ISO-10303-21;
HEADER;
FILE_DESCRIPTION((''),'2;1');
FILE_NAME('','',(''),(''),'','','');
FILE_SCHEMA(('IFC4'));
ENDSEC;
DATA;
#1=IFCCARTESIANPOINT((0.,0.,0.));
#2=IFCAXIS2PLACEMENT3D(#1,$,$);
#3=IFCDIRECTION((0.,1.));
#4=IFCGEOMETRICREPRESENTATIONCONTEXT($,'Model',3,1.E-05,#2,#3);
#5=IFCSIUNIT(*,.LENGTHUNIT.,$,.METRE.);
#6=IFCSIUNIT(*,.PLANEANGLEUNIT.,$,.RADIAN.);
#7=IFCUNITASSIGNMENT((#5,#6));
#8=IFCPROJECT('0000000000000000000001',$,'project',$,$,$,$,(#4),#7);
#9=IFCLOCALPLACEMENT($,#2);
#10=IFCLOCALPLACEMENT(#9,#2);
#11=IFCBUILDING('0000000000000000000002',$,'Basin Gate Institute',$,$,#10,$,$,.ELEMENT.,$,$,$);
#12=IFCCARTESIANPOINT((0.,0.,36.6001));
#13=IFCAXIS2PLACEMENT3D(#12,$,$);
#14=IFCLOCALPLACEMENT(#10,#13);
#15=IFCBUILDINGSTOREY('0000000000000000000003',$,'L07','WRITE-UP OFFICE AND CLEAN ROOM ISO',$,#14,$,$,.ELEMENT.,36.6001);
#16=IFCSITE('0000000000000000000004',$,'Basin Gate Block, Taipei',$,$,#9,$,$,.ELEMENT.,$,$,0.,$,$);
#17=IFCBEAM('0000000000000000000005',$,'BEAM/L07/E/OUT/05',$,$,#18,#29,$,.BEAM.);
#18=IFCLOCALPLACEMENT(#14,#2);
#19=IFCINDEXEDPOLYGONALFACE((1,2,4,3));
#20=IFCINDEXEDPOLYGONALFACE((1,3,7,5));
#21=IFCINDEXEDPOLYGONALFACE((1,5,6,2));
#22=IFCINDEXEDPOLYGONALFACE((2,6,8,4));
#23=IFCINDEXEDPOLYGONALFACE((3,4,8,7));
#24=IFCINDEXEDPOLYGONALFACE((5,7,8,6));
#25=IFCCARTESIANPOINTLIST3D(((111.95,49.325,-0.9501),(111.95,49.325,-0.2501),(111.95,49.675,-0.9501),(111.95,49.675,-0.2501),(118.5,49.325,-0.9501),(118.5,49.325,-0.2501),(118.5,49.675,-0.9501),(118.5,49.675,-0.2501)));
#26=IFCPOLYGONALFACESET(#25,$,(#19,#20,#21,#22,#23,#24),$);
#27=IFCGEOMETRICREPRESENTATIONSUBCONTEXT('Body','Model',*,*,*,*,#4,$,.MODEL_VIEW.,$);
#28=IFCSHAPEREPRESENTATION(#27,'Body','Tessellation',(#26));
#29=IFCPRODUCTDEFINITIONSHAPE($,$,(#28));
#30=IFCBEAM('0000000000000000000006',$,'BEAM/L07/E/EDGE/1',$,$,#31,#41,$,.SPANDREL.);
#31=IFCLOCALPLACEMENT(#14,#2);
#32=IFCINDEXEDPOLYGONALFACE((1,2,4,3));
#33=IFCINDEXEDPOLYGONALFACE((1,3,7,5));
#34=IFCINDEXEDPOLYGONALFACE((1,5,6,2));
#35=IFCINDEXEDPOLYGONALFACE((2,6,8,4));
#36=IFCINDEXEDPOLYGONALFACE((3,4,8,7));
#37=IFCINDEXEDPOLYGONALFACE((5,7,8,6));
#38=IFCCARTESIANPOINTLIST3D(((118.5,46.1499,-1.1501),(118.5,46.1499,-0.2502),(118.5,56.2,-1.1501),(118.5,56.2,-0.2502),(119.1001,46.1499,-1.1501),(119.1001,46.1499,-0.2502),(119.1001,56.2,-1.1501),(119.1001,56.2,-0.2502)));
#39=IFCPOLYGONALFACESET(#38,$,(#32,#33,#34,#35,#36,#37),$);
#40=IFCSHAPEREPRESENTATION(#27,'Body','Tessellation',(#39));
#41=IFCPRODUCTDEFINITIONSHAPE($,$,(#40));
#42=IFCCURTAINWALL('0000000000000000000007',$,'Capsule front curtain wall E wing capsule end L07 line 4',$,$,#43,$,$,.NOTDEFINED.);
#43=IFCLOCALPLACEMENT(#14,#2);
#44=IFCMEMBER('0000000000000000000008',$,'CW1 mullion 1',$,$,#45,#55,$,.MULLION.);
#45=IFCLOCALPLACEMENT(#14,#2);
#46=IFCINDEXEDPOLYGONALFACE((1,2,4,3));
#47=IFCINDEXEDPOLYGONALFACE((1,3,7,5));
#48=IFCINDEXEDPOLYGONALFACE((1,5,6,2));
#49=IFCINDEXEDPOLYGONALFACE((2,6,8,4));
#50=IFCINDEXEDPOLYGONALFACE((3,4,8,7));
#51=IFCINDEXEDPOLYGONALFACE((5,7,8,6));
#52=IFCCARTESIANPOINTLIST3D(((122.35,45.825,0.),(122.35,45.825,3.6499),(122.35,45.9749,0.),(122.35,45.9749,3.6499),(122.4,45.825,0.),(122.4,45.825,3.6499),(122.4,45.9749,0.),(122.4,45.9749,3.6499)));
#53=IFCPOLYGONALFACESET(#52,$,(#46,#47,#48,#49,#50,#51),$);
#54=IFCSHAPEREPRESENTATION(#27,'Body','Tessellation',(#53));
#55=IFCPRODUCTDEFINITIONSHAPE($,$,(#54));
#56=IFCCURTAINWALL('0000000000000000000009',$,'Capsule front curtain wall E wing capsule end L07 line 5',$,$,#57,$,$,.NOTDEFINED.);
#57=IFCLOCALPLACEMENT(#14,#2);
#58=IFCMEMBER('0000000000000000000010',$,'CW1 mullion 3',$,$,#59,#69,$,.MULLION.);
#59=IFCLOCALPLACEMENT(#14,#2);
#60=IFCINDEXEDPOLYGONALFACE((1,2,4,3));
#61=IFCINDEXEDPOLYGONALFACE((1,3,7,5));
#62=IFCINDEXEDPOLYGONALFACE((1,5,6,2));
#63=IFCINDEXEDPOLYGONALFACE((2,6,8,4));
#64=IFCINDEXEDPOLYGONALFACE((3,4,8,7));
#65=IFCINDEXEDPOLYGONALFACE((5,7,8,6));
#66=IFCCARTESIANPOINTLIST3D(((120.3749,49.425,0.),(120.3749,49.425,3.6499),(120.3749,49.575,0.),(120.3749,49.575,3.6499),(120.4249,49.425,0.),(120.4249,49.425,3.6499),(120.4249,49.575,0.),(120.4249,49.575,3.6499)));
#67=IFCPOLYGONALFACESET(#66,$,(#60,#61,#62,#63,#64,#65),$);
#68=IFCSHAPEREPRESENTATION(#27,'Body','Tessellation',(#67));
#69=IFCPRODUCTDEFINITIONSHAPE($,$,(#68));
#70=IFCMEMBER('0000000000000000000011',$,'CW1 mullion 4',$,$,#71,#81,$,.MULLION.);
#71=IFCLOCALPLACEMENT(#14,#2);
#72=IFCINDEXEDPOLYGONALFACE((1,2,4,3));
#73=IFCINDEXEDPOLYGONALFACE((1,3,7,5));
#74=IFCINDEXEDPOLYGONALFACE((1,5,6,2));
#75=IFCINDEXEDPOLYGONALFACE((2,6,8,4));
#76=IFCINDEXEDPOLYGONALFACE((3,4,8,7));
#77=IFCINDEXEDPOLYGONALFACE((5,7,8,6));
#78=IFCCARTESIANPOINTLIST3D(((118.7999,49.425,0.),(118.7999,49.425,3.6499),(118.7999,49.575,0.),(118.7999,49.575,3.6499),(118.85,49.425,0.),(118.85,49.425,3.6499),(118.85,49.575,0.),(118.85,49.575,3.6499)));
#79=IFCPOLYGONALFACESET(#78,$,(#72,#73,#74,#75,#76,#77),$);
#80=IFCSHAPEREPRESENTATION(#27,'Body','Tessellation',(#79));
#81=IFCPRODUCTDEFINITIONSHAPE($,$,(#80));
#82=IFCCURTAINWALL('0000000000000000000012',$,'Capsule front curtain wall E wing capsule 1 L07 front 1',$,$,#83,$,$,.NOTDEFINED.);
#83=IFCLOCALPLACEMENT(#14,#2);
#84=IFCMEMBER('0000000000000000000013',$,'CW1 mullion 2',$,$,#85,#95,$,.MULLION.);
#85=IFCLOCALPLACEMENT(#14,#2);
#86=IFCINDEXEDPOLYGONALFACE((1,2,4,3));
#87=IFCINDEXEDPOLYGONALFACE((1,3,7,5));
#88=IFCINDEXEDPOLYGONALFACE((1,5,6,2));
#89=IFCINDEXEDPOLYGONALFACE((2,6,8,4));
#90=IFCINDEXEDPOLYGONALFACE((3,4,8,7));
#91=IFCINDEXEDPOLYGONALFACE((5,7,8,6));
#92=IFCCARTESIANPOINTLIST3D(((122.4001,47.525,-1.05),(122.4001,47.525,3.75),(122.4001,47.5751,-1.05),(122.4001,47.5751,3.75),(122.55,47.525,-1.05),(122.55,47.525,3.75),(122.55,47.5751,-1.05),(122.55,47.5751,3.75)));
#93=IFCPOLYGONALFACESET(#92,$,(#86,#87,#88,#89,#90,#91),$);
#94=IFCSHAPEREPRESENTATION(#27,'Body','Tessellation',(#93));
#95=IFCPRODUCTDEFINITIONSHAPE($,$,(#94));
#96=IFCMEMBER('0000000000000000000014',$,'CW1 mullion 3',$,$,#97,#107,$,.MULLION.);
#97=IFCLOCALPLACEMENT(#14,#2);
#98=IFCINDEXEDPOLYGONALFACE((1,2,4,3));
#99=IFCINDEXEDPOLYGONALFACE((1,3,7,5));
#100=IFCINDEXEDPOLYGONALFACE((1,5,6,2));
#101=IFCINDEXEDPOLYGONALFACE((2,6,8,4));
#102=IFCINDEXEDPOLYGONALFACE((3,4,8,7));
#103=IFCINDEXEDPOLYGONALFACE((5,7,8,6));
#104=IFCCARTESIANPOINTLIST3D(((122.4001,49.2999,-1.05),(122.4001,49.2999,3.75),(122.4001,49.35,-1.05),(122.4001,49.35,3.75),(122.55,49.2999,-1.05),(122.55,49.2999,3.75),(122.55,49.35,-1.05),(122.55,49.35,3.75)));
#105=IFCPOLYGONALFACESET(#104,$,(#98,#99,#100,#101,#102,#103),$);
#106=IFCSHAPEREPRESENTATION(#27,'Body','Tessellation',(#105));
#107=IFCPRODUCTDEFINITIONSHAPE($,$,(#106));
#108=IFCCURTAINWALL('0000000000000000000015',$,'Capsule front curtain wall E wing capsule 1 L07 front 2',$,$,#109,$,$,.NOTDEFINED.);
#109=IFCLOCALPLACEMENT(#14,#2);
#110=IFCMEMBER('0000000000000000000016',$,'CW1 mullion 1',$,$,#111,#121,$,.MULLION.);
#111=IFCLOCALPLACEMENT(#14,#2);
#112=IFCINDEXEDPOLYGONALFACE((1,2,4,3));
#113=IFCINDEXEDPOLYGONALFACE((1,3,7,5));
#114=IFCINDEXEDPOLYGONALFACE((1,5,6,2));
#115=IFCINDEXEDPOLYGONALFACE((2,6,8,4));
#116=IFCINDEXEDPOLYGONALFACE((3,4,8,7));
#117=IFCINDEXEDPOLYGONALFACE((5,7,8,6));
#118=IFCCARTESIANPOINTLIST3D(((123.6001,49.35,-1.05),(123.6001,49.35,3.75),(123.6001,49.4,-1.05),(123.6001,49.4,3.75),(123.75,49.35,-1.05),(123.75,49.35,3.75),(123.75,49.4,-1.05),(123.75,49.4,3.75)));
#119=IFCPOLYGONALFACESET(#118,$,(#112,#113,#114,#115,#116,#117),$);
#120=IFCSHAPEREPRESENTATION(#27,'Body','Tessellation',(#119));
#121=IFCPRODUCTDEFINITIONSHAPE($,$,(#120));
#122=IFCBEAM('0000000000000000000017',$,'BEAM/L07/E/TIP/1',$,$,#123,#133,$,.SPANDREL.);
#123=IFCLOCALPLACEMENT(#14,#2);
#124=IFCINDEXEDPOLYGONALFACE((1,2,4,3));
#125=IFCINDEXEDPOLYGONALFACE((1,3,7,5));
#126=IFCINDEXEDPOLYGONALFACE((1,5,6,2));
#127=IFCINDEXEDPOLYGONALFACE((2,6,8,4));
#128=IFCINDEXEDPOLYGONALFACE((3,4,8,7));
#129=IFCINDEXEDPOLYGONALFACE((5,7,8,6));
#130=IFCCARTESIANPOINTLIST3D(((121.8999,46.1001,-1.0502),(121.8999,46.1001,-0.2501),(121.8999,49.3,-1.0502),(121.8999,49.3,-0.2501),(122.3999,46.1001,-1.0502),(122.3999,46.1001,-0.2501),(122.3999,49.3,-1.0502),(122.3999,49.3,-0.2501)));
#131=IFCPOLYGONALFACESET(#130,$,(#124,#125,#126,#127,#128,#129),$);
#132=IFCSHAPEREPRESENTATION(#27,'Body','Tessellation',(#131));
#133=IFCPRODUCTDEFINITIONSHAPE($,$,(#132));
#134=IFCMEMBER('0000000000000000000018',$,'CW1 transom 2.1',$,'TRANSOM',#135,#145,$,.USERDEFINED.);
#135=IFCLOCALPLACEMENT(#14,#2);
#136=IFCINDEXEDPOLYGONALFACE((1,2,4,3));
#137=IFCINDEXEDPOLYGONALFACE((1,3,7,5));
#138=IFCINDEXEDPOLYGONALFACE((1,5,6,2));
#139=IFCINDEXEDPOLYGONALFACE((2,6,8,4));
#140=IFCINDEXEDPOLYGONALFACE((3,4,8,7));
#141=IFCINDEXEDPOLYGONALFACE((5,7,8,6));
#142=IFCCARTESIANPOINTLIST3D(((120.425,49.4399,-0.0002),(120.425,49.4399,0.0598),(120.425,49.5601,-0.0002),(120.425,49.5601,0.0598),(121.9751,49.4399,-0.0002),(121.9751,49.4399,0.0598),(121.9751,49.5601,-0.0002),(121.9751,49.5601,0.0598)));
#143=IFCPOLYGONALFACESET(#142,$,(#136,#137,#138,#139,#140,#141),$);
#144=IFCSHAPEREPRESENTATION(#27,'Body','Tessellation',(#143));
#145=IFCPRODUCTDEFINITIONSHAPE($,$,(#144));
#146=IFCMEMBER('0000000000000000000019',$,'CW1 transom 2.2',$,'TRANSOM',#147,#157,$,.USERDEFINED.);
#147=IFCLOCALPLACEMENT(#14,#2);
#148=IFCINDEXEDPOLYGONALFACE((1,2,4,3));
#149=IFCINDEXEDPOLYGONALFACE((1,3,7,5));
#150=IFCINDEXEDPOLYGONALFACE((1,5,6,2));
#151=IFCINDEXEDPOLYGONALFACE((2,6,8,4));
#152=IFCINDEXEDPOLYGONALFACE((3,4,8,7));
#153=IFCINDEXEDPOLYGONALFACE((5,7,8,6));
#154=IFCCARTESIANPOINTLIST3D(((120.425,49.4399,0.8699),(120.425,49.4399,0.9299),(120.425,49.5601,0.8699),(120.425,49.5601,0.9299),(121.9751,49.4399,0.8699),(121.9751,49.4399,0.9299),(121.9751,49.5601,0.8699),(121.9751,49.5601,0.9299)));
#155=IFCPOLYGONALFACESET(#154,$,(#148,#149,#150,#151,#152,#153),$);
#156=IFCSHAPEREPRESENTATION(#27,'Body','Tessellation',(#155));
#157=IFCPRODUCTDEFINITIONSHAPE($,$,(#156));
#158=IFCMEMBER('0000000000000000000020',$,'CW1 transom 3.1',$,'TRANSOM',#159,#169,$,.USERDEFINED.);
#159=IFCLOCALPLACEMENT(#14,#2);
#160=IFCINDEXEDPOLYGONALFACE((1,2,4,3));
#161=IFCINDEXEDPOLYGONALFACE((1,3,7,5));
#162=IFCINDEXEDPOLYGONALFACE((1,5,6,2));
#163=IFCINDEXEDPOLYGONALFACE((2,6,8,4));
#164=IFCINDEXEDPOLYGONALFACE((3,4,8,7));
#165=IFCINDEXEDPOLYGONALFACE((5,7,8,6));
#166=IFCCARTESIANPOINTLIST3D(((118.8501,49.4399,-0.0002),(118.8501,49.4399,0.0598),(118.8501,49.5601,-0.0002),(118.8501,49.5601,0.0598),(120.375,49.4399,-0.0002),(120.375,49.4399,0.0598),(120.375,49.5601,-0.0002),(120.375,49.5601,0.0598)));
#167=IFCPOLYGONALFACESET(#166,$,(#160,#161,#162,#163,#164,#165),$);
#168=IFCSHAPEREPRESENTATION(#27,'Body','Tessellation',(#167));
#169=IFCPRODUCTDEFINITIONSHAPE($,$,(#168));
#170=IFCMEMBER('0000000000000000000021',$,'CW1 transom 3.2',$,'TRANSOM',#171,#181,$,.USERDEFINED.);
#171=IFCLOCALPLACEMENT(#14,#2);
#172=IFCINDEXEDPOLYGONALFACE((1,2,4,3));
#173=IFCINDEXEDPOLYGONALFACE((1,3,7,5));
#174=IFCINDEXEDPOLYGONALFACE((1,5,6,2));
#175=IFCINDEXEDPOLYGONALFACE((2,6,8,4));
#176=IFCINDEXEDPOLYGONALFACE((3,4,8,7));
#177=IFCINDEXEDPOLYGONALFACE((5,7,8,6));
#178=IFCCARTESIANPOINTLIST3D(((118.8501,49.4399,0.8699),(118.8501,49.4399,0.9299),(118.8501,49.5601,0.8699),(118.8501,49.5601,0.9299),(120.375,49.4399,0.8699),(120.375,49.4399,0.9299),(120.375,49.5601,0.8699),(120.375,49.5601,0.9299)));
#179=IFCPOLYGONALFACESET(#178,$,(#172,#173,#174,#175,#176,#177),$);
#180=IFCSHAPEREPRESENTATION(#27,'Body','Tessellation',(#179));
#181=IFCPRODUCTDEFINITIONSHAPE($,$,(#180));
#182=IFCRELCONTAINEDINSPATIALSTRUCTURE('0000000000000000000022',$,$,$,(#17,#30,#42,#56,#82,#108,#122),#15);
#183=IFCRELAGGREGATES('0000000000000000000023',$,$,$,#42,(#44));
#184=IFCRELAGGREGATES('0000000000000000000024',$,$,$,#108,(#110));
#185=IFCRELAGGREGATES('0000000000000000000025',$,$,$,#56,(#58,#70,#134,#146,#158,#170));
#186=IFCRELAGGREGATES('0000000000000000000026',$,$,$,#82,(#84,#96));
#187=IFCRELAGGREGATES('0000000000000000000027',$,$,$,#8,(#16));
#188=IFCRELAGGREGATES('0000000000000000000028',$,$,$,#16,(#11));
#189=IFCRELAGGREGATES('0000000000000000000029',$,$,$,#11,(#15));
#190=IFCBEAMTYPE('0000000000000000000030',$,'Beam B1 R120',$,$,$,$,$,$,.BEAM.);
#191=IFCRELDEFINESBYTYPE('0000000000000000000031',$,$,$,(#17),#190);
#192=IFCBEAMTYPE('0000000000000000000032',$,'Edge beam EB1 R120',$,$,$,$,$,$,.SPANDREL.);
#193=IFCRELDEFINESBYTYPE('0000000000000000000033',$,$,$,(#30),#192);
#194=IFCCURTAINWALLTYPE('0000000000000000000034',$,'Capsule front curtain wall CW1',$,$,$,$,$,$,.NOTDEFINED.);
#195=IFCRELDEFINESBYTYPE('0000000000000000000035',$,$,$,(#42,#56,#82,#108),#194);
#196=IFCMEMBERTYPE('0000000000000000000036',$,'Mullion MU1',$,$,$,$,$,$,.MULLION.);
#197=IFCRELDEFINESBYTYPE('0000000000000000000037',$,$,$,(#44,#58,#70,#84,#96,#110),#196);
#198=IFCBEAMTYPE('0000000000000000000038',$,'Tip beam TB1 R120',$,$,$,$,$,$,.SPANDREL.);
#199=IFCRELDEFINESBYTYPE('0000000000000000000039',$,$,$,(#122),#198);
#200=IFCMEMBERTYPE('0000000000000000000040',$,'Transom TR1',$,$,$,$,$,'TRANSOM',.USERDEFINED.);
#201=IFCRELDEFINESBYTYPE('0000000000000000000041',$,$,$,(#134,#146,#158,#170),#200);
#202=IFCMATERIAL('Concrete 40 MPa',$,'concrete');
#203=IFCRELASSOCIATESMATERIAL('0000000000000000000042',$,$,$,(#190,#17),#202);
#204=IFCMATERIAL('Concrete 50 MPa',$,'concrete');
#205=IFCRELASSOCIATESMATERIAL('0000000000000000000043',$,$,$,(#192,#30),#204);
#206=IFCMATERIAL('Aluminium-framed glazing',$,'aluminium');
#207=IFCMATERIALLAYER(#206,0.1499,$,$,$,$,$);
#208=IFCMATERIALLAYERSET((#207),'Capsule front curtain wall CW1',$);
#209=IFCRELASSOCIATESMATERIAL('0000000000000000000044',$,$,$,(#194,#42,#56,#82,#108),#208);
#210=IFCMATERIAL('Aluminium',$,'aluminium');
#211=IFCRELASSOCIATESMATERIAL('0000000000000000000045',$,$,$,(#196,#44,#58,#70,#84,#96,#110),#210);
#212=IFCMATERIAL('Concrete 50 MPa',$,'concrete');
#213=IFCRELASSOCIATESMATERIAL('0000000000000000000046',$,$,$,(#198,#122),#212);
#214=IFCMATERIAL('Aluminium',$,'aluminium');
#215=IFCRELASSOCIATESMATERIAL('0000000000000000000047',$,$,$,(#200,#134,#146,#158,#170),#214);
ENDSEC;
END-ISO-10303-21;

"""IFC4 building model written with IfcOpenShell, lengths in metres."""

from ifc_helpers import new_model, si_unit, direction, frame, origin, origin_2d, place, context, subcontext, project, spatial, rectangle, extrude, material, layer, layer_set, material_profile, profile_set, type_object, element, aggregate, save


model = new_model("IFC4")

# Units and contexts
model_context = context("Model", 3, precision=1e-05, world=origin(), true_north=direction((0.0, 1.0)))
body_context = subcontext(model_context, "Body", "Model", "MODEL_VIEW")
ifc_project = project(units=[si_unit("LENGTHUNIT", "METRE"), si_unit("PLANEANGLEUNIT", "RADIAN")], contexts=[model_context])

# Site, building, storey
site_placement = place(None, origin())
site = spatial("IfcSite", under=ifc_project, at=site_placement, Name="Basin Gate Block, Taipei", CompositionType="ELEMENT", RefElevation=0.0)
building_placement = place(site_placement, origin())
building = spatial("IfcBuilding", under=site, at=building_placement, Name="Basin Gate Institute", CompositionType="ELEMENT")
storey_placement = place(building_placement, frame((0.0, 0.0, 36.6001)))
storey = spatial("IfcBuildingStorey", under=building, at=storey_placement, Name="L07", Description="WRITE-UP OFFICE AND CLEAN ROOM ISO", CompositionType="ELEMENT", Elevation=36.6001)

# Beams
ifc_material_1 = material(Name="Concrete 40 MPa", Category="concrete")
ifc_material_profile_1 = material_profile(ifc_material_1, rectangle(XDim=0.3501, YDim=0.7, at=origin_2d()), Name="Beam B1 350 x 700")
ifc_profile_set_1 = profile_set([ifc_material_profile_1], Name="Concrete 40 MPa")
beam_type_1 = type_object("IfcBeamType", Name="Beam B1 R120", PredefinedType="BEAM", material=ifc_profile_set_1)
beam_1_placement = place(storey_placement, frame((118.5, 49.5, -0.6001), z_axis=(-1.0, 0.0, 0.0), x_axis=(0.0, -1.0, 0.0)))
element("IfcBeam", 1, at=beam_1_placement, inside=storey, type_object=beam_type_1, material=ifc_profile_set_1, Name="BEAM/L07/E/OUT/05", PredefinedType="BEAM", context=body_context, shape_type="SweptSolid", body=[
    extrude(rectangle(XDim=0.3501, YDim=0.7, at=origin_2d()), origin(), (0.0, 0.0, 1.0), 6.55),
])
ifc_material_2 = material(Name="Concrete 50 MPa", Category="concrete")
ifc_material_profile_2 = material_profile(ifc_material_2, rectangle(XDim=0.6001, YDim=0.8999, at=origin_2d()), Name="Edge beam EB1 600 x 900")
ifc_profile_set_2 = profile_set([ifc_material_profile_2], Name="Concrete 50 MPa")
beam_type_2 = type_object("IfcBeamType", Name="Edge beam EB1 R120", PredefinedType="SPANDREL", material=ifc_profile_set_2)
beam_2_placement = place(storey_placement, frame((118.8, 46.1499, -0.7002), z_axis=(0.0, 1.0, 0.0), x_axis=(-1.0, 0.0, 0.0)))
element("IfcBeam", 2, at=beam_2_placement, inside=storey, type_object=beam_type_2, material=ifc_profile_set_2, Name="BEAM/L07/E/EDGE/1", PredefinedType="SPANDREL", context=body_context, shape_type="SweptSolid", body=[
    extrude(rectangle(XDim=0.6001, YDim=0.8999, at=origin_2d()), origin(), (0.0, 0.0, 1.0), 10.05),
])

# Curtain wall, member
ifc_material_3 = material(Name="Aluminium-framed glazing", Category="aluminium")
ifc_layer_1 = layer(ifc_material_3, 0.1499)
ifc_layer_set_1 = layer_set([ifc_layer_1], Name="Capsule front curtain wall CW1")
curtain_wall_type = type_object("IfcCurtainWallType", Name="Capsule front curtain wall CW1", PredefinedType="NOTDEFINED", material=ifc_layer_set_1)
curtain_wall_1_placement = place(storey_placement, origin())
curtain_wall_1 = element("IfcCurtainWall", 3, at=curtain_wall_1_placement, inside=storey, type_object=curtain_wall_type, material=ifc_layer_set_1, Name="Capsule front curtain wall E wing capsule end L07 line 4", PredefinedType="NOTDEFINED")
ifc_material_4 = material(Name="Aluminium", Category="aluminium")
ifc_material_profile_3 = material_profile(ifc_material_4, rectangle(XDim=0.1499, YDim=0.05, at=origin_2d()), Name="Mullion MU1 150 x 50")
ifc_profile_set_3 = profile_set([ifc_material_profile_3], Name="Aluminium")
member_type_1 = type_object("IfcMemberType", Name="Mullion MU1", PredefinedType="MULLION", material=ifc_profile_set_3)
member_1_placement = place(storey_placement, frame((122.375, 45.8999, 0.0), z_axis=(0.0, 0.0, 1.0), x_axis=(0.0, -1.0, 0.0)))
member_1 = element("IfcMember", 4, at=member_1_placement, type_object=member_type_1, material=ifc_profile_set_3, Name="CW1 mullion 1", PredefinedType="MULLION", context=body_context, shape_type="SweptSolid", body=[
    extrude(rectangle(XDim=0.1499, YDim=0.05, at=origin_2d()), origin(), (0.0, 0.0, 1.0), 3.6499),
])
aggregate(curtain_wall_1, [member_1])

# Curtain walls, members
curtain_wall_2_placement = place(storey_placement, origin())
curtain_wall_2 = element("IfcCurtainWall", 5, at=curtain_wall_2_placement, inside=storey, type_object=curtain_wall_type, material=ifc_layer_set_1, Name="Capsule front curtain wall E wing capsule end L07 line 5", PredefinedType="NOTDEFINED")
member_2_placement = place(storey_placement, frame((120.3999, 49.5, 0.0), z_axis=(0.0, 0.0, 1.0), x_axis=(0.0, -1.0, 0.0)))
member_2 = element("IfcMember", 6, at=member_2_placement, type_object=member_type_1, material=ifc_profile_set_3, Name="CW1 mullion 3", PredefinedType="MULLION", context=body_context, shape_type="SweptSolid", body=[
    extrude(rectangle(XDim=0.1499, YDim=0.05, at=origin_2d()), origin(), (0.0, 0.0, 1.0), 3.6499),
])
member_3_placement = place(storey_placement, frame((118.825, 49.5, 0.0), z_axis=(0.0, 0.0, 1.0), x_axis=(0.0, -1.0, 0.0)))
member_3 = element("IfcMember", 7, at=member_3_placement, type_object=member_type_1, material=ifc_profile_set_3, Name="CW1 mullion 4", PredefinedType="MULLION", context=body_context, shape_type="SweptSolid", body=[
    extrude(rectangle(XDim=0.1499, YDim=0.05, at=origin_2d()), origin(), (0.0, 0.0, 1.0), 3.6499),
])
curtain_wall_3_placement = place(storey_placement, origin())
curtain_wall_3 = element("IfcCurtainWall", 8, at=curtain_wall_3_placement, inside=storey, type_object=curtain_wall_type, material=ifc_layer_set_1, Name="Capsule front curtain wall E wing capsule 1 L07 front 1", PredefinedType="NOTDEFINED")
member_4_placement = place(storey_placement, frame((122.4751, 47.55, -1.05), z_axis=(0.0, 0.0, 1.0), x_axis=(-1.0, 0.0, 0.0)))
member_4 = element("IfcMember", 9, at=member_4_placement, type_object=member_type_1, material=ifc_profile_set_3, Name="CW1 mullion 2", PredefinedType="MULLION", context=body_context, shape_type="SweptSolid", body=[
    extrude(rectangle(XDim=0.1499, YDim=0.05, at=origin_2d()), origin(), (0.0, 0.0, 1.0), 4.8),
])
member_5_placement = place(storey_placement, frame((122.4751, 49.325, -1.05), z_axis=(0.0, 0.0, 1.0), x_axis=(-1.0, 0.0, 0.0)))
member_5 = element("IfcMember", 10, at=member_5_placement, type_object=member_type_1, material=ifc_profile_set_3, Name="CW1 mullion 3", PredefinedType="MULLION", context=body_context, shape_type="SweptSolid", body=[
    extrude(rectangle(XDim=0.1499, YDim=0.05, at=origin_2d()), origin(), (0.0, 0.0, 1.0), 4.8),
])

# Curtain wall, member
curtain_wall_4_placement = place(storey_placement, origin())
curtain_wall_4 = element("IfcCurtainWall", 11, at=curtain_wall_4_placement, inside=storey, type_object=curtain_wall_type, material=ifc_layer_set_1, Name="Capsule front curtain wall E wing capsule 1 L07 front 2", PredefinedType="NOTDEFINED")
member_6_placement = place(storey_placement, frame((123.675, 49.375, -1.05), z_axis=(0.0, 0.0, 1.0), x_axis=(-1.0, 0.0, 0.0)))
member_6 = element("IfcMember", 12, at=member_6_placement, type_object=member_type_1, material=ifc_profile_set_3, Name="CW1 mullion 1", PredefinedType="MULLION", context=body_context, shape_type="SweptSolid", body=[
    extrude(rectangle(XDim=0.1499, YDim=0.05, at=origin_2d()), origin(), (0.0, 0.0, 1.0), 4.8),
])

# Beam
ifc_material_5 = material(Name="Concrete 50 MPa", Category="concrete")
ifc_material_profile_4 = material_profile(ifc_material_5, rectangle(XDim=0.5, YDim=0.8, at=origin_2d()), Name="Tip beam TB1 500 x 800")
ifc_profile_set_4 = profile_set([ifc_material_profile_4], Name="Concrete 50 MPa")
beam_type_3 = type_object("IfcBeamType", Name="Tip beam TB1 R120", PredefinedType="SPANDREL", material=ifc_profile_set_4)
beam_3_placement = place(storey_placement, frame((122.1499, 46.1001, -0.6501), z_axis=(0.0, 1.0, 0.0), x_axis=(-1.0, 0.0, 0.0)))
element("IfcBeam", 13, at=beam_3_placement, inside=storey, type_object=beam_type_3, material=ifc_profile_set_4, Name="BEAM/L07/E/TIP/1", PredefinedType="SPANDREL", context=body_context, shape_type="SweptSolid", body=[
    extrude(rectangle(XDim=0.5, YDim=0.8, at=origin_2d()), origin(), (0.0, 0.0, 1.0), 3.2),
])

# Members
ifc_material_6 = material(Name="Aluminium", Category="aluminium")
ifc_material_profile_5 = material_profile(ifc_material_6, rectangle(XDim=0.1201, YDim=0.0601, at=origin_2d()), Name="Transom TR1 120 x 60")
ifc_profile_set_5 = profile_set([ifc_material_profile_5], Name="Aluminium")
member_type_2 = type_object("IfcMemberType", Name="Transom TR1", ElementType="TRANSOM", PredefinedType="USERDEFINED", material=ifc_profile_set_5)
member_7_placement = place(storey_placement, frame((121.9751, 49.5, 0.0298), z_axis=(-1.0, 0.0, 0.0), x_axis=(0.0, -1.0, 0.0)))
member_7 = element("IfcMember", 14, at=member_7_placement, type_object=member_type_2, material=ifc_profile_set_5, Name="CW1 transom 2.1", ObjectType="TRANSOM", PredefinedType="USERDEFINED", context=body_context, shape_type="SweptSolid", body=[
    extrude(rectangle(XDim=0.1201, YDim=0.0601, at=origin_2d()), origin(), (0.0, 0.0, 1.0), 1.55),
])
member_8_placement = place(storey_placement, frame((121.9751, 49.5, 0.8999), z_axis=(-1.0, 0.0, 0.0), x_axis=(0.0, -1.0, 0.0)))
member_8 = element("IfcMember", 15, at=member_8_placement, type_object=member_type_2, material=ifc_profile_set_5, Name="CW1 transom 2.2", ObjectType="TRANSOM", PredefinedType="USERDEFINED", context=body_context, shape_type="SweptSolid", body=[
    extrude(rectangle(XDim=0.1201, YDim=0.0601, at=origin_2d()), origin(), (0.0, 0.0, 1.0), 1.55),
])
member_9_placement = place(storey_placement, frame((120.375, 49.5, 0.0298), z_axis=(-1.0, 0.0, 0.0), x_axis=(0.0, -1.0, 0.0)))
member_9 = element("IfcMember", 16, at=member_9_placement, type_object=member_type_2, material=ifc_profile_set_5, Name="CW1 transom 3.1", ObjectType="TRANSOM", PredefinedType="USERDEFINED", context=body_context, shape_type="SweptSolid", body=[
    extrude(rectangle(XDim=0.1201, YDim=0.0601, at=origin_2d()), origin(), (0.0, 0.0, 1.0), 1.5249),
])
member_10_placement = place(storey_placement, frame((120.375, 49.5, 0.8999), z_axis=(-1.0, 0.0, 0.0), x_axis=(0.0, -1.0, 0.0)))
member_10 = element("IfcMember", 17, at=member_10_placement, type_object=member_type_2, material=ifc_profile_set_5, Name="CW1 transom 3.2", ObjectType="TRANSOM", PredefinedType="USERDEFINED", context=body_context, shape_type="SweptSolid", body=[
    extrude(rectangle(XDim=0.1201, YDim=0.0601, at=origin_2d()), origin(), (0.0, 0.0, 1.0), 1.5249),
])
aggregate(curtain_wall_4, [member_6])

aggregate(curtain_wall_2, [member_2, member_3, member_7, member_8, member_9, member_10])
aggregate(curtain_wall_3, [member_4, member_5])

save(model, "model.ifc")
